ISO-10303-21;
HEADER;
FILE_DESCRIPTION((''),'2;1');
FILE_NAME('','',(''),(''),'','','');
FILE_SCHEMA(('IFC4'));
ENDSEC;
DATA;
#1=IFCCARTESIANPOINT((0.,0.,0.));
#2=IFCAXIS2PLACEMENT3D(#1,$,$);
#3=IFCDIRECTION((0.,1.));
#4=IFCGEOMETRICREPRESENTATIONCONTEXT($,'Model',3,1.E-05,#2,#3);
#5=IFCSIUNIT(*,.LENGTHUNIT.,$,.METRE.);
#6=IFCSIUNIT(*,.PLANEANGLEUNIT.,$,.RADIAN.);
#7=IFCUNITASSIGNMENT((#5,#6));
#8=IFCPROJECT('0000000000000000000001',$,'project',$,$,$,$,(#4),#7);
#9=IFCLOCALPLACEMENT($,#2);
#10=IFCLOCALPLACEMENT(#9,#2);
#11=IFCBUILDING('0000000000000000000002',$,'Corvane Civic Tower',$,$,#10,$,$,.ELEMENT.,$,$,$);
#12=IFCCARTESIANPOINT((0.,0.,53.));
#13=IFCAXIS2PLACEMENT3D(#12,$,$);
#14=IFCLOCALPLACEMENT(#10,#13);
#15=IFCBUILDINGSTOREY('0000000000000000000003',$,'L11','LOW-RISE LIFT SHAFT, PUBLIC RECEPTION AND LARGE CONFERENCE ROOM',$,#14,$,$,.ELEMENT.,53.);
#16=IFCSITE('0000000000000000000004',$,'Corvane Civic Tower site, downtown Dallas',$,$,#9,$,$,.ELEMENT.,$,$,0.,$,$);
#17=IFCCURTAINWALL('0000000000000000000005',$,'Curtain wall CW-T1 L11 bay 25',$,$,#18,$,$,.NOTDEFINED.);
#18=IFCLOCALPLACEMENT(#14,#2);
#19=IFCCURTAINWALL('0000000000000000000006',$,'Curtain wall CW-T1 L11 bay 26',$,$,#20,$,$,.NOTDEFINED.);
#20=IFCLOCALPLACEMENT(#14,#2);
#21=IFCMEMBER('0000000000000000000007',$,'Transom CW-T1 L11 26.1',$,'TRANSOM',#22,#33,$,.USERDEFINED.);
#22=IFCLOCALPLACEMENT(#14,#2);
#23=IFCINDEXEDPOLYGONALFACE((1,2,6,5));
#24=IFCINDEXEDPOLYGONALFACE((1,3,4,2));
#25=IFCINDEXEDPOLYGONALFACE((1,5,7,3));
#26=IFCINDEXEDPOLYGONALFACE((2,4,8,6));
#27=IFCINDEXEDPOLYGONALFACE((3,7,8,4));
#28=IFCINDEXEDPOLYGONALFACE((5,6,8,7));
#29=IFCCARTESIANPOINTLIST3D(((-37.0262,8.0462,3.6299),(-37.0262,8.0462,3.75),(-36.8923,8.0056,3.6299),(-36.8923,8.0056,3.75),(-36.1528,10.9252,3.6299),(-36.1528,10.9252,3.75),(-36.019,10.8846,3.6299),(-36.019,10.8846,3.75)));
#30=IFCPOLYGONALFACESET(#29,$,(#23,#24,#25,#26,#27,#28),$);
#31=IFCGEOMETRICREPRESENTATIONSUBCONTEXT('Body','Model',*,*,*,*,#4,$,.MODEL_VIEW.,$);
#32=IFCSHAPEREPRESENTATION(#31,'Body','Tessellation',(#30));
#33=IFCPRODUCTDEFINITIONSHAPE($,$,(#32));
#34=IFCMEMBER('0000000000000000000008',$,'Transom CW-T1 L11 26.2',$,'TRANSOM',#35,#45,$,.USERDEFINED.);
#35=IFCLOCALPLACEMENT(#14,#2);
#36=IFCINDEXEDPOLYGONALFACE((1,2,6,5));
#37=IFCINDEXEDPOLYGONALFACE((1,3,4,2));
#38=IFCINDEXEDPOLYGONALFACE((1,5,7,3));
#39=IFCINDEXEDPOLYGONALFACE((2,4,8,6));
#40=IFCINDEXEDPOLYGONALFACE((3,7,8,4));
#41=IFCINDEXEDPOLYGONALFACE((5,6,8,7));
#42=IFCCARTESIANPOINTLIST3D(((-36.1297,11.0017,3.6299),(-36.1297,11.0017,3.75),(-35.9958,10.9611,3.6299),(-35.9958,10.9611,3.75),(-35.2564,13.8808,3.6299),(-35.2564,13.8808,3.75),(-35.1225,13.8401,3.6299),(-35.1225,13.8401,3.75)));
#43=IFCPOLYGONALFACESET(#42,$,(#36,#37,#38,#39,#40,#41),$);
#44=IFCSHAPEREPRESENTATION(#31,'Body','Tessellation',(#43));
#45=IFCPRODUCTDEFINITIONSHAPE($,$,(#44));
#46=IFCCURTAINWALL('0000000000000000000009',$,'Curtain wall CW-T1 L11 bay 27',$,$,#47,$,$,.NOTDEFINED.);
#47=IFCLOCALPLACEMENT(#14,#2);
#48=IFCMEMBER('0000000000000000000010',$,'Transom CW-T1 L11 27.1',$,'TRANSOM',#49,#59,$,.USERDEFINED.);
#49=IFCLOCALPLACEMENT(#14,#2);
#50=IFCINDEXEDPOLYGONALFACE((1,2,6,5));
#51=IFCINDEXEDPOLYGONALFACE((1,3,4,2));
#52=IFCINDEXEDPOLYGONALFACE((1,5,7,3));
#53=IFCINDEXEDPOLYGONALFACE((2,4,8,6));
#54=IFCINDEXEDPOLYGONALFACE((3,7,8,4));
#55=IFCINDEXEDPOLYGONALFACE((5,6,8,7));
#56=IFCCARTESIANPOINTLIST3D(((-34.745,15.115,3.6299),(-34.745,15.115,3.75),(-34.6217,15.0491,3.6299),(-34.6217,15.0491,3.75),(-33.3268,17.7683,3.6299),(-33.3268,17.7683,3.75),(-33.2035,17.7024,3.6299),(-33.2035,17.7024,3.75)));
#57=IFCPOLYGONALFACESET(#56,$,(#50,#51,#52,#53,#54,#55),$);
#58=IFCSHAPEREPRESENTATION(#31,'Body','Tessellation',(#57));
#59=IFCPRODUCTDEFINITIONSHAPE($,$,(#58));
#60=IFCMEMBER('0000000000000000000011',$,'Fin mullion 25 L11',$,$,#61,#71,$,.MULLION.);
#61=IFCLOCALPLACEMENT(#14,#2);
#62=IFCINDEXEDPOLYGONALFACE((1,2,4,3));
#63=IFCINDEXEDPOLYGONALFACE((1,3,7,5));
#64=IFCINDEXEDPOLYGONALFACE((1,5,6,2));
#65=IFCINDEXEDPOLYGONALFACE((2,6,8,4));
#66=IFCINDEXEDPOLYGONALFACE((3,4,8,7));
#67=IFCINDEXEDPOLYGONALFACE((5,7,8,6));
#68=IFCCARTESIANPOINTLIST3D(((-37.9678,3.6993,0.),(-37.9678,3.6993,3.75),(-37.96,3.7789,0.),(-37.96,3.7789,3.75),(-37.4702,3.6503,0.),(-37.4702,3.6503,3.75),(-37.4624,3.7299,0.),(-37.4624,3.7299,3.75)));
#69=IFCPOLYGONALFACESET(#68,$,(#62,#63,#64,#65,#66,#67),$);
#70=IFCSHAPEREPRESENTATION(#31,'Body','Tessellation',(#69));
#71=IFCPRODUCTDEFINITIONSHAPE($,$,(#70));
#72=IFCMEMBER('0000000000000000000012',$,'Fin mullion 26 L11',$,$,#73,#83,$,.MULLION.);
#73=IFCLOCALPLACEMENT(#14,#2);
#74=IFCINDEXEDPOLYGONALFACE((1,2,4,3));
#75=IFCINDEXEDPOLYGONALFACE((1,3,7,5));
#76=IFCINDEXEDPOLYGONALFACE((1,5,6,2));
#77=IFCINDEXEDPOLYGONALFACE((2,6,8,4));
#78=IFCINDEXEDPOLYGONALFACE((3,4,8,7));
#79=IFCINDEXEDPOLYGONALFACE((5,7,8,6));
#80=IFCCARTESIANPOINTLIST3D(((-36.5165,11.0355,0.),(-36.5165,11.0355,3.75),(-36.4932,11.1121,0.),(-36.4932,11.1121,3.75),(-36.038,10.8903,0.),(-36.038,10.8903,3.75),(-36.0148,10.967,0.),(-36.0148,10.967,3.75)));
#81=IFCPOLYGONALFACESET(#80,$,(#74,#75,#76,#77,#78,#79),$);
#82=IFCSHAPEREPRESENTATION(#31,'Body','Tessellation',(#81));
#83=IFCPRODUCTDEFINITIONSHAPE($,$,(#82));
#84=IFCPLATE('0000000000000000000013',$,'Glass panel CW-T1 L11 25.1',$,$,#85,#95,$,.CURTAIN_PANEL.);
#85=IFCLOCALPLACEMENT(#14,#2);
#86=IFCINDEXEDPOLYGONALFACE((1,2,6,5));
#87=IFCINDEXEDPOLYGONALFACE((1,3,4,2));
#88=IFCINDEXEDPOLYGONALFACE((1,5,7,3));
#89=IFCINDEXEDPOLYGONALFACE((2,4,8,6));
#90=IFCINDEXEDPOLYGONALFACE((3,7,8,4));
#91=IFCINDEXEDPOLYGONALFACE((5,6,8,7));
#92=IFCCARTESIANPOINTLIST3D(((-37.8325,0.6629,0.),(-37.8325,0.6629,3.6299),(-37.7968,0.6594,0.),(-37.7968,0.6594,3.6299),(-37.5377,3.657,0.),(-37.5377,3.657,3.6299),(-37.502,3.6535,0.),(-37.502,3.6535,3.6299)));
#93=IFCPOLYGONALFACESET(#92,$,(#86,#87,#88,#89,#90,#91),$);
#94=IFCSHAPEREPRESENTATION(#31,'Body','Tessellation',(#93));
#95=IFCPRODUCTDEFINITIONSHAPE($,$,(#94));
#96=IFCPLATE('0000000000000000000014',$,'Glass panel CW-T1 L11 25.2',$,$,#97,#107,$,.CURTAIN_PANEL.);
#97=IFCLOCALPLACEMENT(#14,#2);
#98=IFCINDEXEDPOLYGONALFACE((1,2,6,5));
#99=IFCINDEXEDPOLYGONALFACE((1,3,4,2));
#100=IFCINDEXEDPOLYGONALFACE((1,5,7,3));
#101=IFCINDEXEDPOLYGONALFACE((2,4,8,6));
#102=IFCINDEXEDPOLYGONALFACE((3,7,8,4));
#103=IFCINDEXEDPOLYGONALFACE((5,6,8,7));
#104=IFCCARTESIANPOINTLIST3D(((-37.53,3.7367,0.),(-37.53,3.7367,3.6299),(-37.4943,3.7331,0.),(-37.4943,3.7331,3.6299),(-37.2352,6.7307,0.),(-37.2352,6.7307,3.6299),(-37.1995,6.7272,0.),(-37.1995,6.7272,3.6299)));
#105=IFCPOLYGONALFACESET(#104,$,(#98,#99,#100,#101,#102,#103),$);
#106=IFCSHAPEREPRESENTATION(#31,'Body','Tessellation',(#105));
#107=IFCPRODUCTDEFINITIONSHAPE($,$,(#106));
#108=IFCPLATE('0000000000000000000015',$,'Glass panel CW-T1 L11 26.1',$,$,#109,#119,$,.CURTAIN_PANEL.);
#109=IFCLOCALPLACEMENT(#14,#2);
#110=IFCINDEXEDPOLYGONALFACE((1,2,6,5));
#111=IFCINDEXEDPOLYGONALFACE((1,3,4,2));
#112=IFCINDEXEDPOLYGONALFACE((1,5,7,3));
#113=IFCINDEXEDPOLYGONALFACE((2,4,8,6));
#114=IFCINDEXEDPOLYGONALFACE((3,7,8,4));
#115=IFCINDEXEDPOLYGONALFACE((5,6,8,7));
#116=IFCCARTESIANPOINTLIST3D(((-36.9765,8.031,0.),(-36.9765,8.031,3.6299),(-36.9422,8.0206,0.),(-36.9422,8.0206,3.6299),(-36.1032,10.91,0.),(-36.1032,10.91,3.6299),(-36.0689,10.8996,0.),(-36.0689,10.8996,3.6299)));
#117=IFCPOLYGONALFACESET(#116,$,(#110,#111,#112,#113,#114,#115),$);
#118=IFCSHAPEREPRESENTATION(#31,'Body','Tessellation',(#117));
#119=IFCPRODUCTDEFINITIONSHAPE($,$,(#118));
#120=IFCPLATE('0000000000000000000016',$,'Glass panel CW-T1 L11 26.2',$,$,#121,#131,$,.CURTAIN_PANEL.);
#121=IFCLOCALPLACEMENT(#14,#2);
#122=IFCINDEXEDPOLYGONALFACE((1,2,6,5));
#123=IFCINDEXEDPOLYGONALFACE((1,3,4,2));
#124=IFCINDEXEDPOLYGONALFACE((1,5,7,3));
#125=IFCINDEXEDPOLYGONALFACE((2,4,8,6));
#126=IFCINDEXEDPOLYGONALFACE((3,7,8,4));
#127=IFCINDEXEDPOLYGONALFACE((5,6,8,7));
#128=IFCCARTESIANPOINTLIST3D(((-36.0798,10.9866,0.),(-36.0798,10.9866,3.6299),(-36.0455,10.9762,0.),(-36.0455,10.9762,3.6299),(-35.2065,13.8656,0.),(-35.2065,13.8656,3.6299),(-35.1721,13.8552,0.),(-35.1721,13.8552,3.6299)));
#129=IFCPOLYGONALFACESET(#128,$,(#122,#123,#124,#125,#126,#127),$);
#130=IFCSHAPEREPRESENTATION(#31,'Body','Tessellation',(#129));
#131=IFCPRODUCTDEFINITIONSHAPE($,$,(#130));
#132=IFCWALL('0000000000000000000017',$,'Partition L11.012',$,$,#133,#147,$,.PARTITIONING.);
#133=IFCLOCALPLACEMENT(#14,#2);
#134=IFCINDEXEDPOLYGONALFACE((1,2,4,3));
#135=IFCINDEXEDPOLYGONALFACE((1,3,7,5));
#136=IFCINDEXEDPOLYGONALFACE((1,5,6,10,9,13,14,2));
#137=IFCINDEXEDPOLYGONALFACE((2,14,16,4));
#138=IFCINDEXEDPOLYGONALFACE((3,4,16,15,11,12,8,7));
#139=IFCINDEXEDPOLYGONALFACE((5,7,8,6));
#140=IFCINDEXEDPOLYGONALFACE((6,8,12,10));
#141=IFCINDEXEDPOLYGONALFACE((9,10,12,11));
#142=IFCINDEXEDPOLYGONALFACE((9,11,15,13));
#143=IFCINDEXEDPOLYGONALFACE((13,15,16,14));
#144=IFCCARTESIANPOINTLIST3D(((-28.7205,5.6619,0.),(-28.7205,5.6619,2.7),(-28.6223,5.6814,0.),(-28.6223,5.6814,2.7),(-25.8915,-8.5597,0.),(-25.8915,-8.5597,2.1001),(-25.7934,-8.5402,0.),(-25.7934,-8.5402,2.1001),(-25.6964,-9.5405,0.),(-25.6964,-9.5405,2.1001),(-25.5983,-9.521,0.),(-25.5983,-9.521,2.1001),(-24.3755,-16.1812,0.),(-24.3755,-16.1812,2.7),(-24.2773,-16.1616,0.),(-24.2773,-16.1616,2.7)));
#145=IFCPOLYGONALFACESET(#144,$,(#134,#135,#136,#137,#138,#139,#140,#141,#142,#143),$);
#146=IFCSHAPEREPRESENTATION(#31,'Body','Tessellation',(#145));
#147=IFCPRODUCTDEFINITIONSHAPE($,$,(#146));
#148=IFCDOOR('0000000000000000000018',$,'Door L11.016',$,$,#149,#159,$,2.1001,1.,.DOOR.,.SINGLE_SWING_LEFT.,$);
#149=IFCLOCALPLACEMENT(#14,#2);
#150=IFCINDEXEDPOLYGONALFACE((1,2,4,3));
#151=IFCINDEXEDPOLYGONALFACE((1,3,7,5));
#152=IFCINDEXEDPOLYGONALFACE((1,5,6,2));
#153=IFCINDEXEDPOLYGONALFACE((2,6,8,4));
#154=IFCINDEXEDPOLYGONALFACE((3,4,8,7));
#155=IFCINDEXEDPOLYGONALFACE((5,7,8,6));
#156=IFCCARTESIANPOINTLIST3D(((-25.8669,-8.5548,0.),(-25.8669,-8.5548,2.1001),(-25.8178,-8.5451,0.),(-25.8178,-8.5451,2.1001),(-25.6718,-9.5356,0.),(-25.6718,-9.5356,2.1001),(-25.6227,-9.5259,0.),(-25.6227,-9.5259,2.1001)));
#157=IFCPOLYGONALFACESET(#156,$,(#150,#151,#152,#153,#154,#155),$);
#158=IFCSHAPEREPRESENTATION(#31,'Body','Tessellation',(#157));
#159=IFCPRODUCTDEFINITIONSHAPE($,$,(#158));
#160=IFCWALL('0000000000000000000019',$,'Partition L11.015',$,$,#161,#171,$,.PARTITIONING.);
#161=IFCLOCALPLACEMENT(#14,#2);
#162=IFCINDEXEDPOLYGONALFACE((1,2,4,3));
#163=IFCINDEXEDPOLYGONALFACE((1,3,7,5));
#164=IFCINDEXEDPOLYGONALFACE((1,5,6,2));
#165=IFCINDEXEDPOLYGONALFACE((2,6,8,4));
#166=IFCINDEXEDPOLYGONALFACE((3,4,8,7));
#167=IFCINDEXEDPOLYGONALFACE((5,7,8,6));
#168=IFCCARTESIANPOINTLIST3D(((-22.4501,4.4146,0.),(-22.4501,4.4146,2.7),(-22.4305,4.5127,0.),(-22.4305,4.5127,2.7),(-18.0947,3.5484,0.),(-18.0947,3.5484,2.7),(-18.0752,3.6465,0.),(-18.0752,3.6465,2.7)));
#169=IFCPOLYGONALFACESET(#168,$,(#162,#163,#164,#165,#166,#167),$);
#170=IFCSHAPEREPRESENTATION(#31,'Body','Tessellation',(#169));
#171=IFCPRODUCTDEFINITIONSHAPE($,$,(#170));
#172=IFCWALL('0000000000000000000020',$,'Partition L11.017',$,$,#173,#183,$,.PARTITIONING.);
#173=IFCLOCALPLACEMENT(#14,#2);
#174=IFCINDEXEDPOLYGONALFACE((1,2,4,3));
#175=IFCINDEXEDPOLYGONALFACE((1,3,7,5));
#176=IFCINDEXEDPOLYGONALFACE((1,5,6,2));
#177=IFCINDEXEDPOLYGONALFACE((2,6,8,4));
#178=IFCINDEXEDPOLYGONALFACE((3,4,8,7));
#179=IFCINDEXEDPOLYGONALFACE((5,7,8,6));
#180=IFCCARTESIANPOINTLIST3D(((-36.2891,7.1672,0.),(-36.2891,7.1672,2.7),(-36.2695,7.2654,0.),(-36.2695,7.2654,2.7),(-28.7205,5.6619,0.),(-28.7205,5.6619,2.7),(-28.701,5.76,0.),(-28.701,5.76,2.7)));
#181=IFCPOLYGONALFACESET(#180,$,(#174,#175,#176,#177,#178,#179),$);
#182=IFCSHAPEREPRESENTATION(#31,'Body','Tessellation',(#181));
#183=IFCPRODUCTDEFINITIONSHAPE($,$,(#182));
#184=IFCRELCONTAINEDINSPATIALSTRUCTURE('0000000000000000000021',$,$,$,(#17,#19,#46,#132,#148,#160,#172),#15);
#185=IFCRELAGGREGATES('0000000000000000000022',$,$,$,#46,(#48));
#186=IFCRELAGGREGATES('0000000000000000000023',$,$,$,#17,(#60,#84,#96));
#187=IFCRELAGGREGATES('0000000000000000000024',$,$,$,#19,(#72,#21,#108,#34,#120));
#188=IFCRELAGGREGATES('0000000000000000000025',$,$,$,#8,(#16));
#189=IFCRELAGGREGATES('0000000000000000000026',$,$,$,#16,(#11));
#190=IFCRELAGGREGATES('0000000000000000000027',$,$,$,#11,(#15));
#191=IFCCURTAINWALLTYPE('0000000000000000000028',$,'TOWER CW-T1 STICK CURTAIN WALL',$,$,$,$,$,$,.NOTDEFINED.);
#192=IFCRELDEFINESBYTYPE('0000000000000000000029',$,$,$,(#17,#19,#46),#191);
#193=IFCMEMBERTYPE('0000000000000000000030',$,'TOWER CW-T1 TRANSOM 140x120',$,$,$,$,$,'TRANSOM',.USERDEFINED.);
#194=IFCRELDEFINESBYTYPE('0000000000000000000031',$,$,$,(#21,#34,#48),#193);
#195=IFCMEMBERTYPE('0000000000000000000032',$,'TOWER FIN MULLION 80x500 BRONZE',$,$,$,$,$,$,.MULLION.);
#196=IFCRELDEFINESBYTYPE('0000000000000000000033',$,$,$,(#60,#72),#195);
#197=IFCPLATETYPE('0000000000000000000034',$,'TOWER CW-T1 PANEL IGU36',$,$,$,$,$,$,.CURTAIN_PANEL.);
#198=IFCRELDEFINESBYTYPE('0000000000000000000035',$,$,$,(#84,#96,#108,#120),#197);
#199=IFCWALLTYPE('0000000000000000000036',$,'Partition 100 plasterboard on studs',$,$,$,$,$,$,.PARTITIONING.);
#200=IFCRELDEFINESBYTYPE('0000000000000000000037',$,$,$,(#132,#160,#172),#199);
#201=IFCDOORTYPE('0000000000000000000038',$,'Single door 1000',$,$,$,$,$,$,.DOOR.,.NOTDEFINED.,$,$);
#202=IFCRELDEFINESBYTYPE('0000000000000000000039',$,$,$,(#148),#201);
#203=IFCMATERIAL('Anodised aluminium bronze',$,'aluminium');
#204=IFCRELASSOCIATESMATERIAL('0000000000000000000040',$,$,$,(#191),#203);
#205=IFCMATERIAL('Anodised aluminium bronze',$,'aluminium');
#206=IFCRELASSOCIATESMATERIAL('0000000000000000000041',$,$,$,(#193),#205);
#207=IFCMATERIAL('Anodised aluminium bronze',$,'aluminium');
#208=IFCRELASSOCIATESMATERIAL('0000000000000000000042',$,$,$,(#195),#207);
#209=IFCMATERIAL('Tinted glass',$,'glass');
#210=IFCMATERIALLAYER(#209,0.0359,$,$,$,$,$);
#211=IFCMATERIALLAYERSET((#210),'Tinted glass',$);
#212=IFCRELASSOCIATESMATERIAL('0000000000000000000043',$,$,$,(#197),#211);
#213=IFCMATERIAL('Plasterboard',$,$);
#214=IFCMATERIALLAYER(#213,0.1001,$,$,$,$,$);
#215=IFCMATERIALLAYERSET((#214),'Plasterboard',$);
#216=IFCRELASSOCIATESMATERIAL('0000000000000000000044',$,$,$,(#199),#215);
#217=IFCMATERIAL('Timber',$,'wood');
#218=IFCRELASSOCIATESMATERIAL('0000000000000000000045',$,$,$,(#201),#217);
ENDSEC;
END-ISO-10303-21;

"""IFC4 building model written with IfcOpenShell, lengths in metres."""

from ifc_helpers import new_model, si_unit, direction, frame, frame_2d, origin, origin_2d, place, context, subcontext, project, spatial, rectangle, extrude, material, layer, layer_set, material_profile, profile_set, type_object, element, fill, aggregate, save


model = new_model("IFC4")

# Units and contexts
model_context = context("Model", 3, precision=1e-05, world=origin(), true_north=direction((0.0, 1.0)))
body_context = subcontext(model_context, "Body", "Model", "MODEL_VIEW")
ifc_project = project(units=[si_unit("LENGTHUNIT", "METRE"), si_unit("PLANEANGLEUNIT", "RADIAN")], contexts=[model_context])

# Site, building, storey
site_placement = place(None, origin())
site = spatial("IfcSite", under=ifc_project, at=site_placement, Name="Corvane Civic Tower site, downtown Dallas", CompositionType="ELEMENT", RefElevation=0.0)
building_placement = place(site_placement, origin())
building = spatial("IfcBuilding", under=site, at=building_placement, Name="Corvane Civic Tower", CompositionType="ELEMENT")
storey_placement = place(building_placement, frame((0.0, 0.0, 53.0)))
storey = spatial("IfcBuildingStorey", under=building, at=storey_placement, Name="L11", Description="LOW-RISE LIFT SHAFT, PUBLIC RECEPTION AND LARGE CONFERENCE ROOM", CompositionType="ELEMENT", Elevation=53.0)

# Curtain walls, members
ifc_material_1 = material(Name="Anodised aluminium bronze", Category="aluminium")
curtain_wall_type = type_object("IfcCurtainWallType", Name="TOWER CW-T1 STICK CURTAIN WALL", PredefinedType="NOTDEFINED", material=ifc_material_1)
curtain_wall_1_placement = place(storey_placement, origin())
curtain_wall_1 = element("IfcCurtainWall", 1, at=curtain_wall_1_placement, inside=storey, type_object=curtain_wall_type, Name="Curtain wall CW-T1 L11 bay 25", PredefinedType="NOTDEFINED")
ifc_material_2 = material(Name="Anodised aluminium bronze", Category="aluminium")
ifc_material_profile_1 = material_profile(ifc_material_2, rectangle(XDim=0.1399, YDim=0.1201, at=origin_2d()), Name="TOWER CW-T1 TRANSOM 140x120")
ifc_profile_set_1 = profile_set([ifc_material_profile_1], Name="Anodised aluminium bronze")
member_type_1 = type_object("IfcMemberType", Name="TOWER CW-T1 TRANSOM 140x120", ElementType="TRANSOM", PredefinedType="USERDEFINED", material=ifc_profile_set_1)
curtain_wall_2_placement = place(storey_placement, origin())
curtain_wall_2 = element("IfcCurtainWall", 2, at=curtain_wall_2_placement, inside=storey, type_object=curtain_wall_type, Name="Curtain wall CW-T1 L11 bay 26", PredefinedType="NOTDEFINED")
member_1_placement = place(storey_placement, frame((-36.9592, 8.0259, 3.6899), z_axis=(0.29028, 0.956942, 0.0), x_axis=(-0.956942, 0.29028, 0.0)))
member_1 = element("IfcMember", 3, at=member_1_placement, type_object=member_type_1, Name="Transom CW-T1 L11 26.1", ObjectType="TRANSOM", PredefinedType="USERDEFINED", context=body_context, shape_type="SweptSolid", body=[
    extrude(rectangle(XDim=0.1399, YDim=0.1201, at=origin_2d()), origin(), (0.0, 0.0, 1.0), 3.0085),
])
member_2_placement = place(storey_placement, frame((-36.0627, 10.9814, 3.6899), z_axis=(0.29028, 0.956942, 0.0), x_axis=(-0.956942, 0.29028, 0.0)))
member_2 = element("IfcMember", 4, at=member_2_placement, type_object=member_type_1, Name="Transom CW-T1 L11 26.2", ObjectType="TRANSOM", PredefinedType="USERDEFINED", context=body_context, shape_type="SweptSolid", body=[
    extrude(rectangle(XDim=0.1399, YDim=0.1201, at=origin_2d()), origin(), (0.0, 0.0, 1.0), 3.0085),
])

# Curtain wall, member
curtain_wall_3_placement = place(storey_placement, origin())
curtain_wall_3 = element("IfcCurtainWall", 5, at=curtain_wall_3_placement, inside=storey, type_object=curtain_wall_type, Name="Curtain wall CW-T1 L11 bay 27", PredefinedType="NOTDEFINED")
member_3_placement = place(storey_placement, frame((-34.6833, 15.082, 3.6899), z_axis=(0.471393, 0.881924, 0.0), x_axis=(-0.881924, 0.471393, 0.0)))
member_3 = element("IfcMember", 6, at=member_3_placement, type_object=member_type_1, Name="Transom CW-T1 L11 27.1", ObjectType="TRANSOM", PredefinedType="USERDEFINED", context=body_context, shape_type="SweptSolid", body=[
    extrude(rectangle(XDim=0.1399, YDim=0.1201, at=origin_2d()), origin(), (0.0, 0.0, 1.0), 3.0085),
])
aggregate(curtain_wall_3, [member_3])

# Members
ifc_material_3 = material(Name="Anodised aluminium bronze", Category="aluminium")
ifc_material_profile_2 = material_profile(ifc_material_3, rectangle(XDim=0.0801, YDim=0.5, at=origin_2d()), Name="TOWER FIN MULLION 80x500 BRONZE")
ifc_profile_set_2 = profile_set([ifc_material_profile_2], Name="Anodised aluminium bronze")
member_type_2 = type_object("IfcMemberType", Name="TOWER FIN MULLION 80x500 BRONZE", PredefinedType="MULLION", material=ifc_profile_set_2)
member_4_placement = place(storey_placement, frame((-37.7151, 3.7146, 0.0), z_axis=(0.0, 0.0, 1.0), x_axis=(0.098006, 0.995186, 0.0)))
member_4 = element("IfcMember", 7, at=member_4_placement, type_object=member_type_2, Name="Fin mullion 25 L11", PredefinedType="MULLION", context=body_context, shape_type="SweptSolid", body=[
    extrude(rectangle(XDim=0.0801, YDim=0.5, at=origin_2d()), origin(), (0.0, 0.0, 1.0), 3.75),
])
member_5_placement = place(storey_placement, frame((-36.2656, 11.0012, 0.0), z_axis=(0.0, 0.0, 1.0), x_axis=(0.290278, 0.956942, 0.0)))
member_5 = element("IfcMember", 8, at=member_5_placement, type_object=member_type_2, Name="Fin mullion 26 L11", PredefinedType="MULLION", context=body_context, shape_type="SweptSolid", body=[
    extrude(rectangle(XDim=0.0801, YDim=0.5, at=origin_2d()), origin(), (0.0, 0.0, 1.0), 3.75),
])

# Plates
ifc_material_4 = material(Name="Tinted glass", Category="glass")
ifc_layer_1 = layer(ifc_material_4, 0.0359)
ifc_layer_set_1 = layer_set([ifc_layer_1], Name="Tinted glass")
plate_type = type_object("IfcPlateType", Name="TOWER CW-T1 PANEL IGU36", PredefinedType="CURTAIN_PANEL", material=ifc_layer_set_1)
plate_1_placement = place(storey_placement, frame((-37.6672, 2.1582, 0.0), z_axis=(0.0, 0.0, 1.0), x_axis=(0.098006, 0.995186, 0.0)))
plate_1 = element("IfcPlate", 9, at=plate_1_placement, type_object=plate_type, Name="Glass panel CW-T1 L11 25.1", PredefinedType="CURTAIN_PANEL", context=body_context, shape_type="SweptSolid", body=[
    extrude(rectangle(XDim=3.0085, YDim=0.0359, at=origin_2d()), origin(), (0.0, 0.0, 1.0), 3.6299),
])
plate_2_placement = place(storey_placement, frame((-37.3647, 5.2319, 0.0), z_axis=(0.0, 0.0, 1.0), x_axis=(0.098006, 0.995186, 0.0)))
plate_2 = element("IfcPlate", 10, at=plate_2_placement, type_object=plate_type, Name="Glass panel CW-T1 L11 25.2", PredefinedType="CURTAIN_PANEL", context=body_context, shape_type="SweptSolid", body=[
    extrude(rectangle(XDim=3.0085, YDim=0.0359, at=origin_2d()), origin(), (0.0, 0.0, 1.0), 3.6299),
])
aggregate(curtain_wall_1, [member_4, plate_1, plate_2])
plate_3_placement = place(storey_placement, frame((-36.5227, 9.4653, 0.0), z_axis=(0.0, 0.0, 1.0), x_axis=(0.290278, 0.956942, 0.0)))
plate_3 = element("IfcPlate", 11, at=plate_3_placement, type_object=plate_type, Name="Glass panel CW-T1 L11 26.1", PredefinedType="CURTAIN_PANEL", context=body_context, shape_type="SweptSolid", body=[
    extrude(rectangle(XDim=3.0085, YDim=0.0359, at=origin_2d()), origin(), (0.0, 0.0, 1.0), 3.6299),
])
plate_4_placement = place(storey_placement, frame((-35.626, 12.4209, 0.0), z_axis=(0.0, 0.0, 1.0), x_axis=(0.290278, 0.956942, 0.0)))
plate_4 = element("IfcPlate", 12, at=plate_4_placement, type_object=plate_type, Name="Glass panel CW-T1 L11 26.2", PredefinedType="CURTAIN_PANEL", context=body_context, shape_type="SweptSolid", body=[
    extrude(rectangle(XDim=3.0085, YDim=0.0359, at=origin_2d()), origin(), (0.0, 0.0, 1.0), 3.6299),
])
aggregate(curtain_wall_2, [member_5, member_1, plate_3, member_2, plate_4])

# Wall, opening, door
ifc_material_5 = material(Name="Plasterboard")
ifc_layer_2 = layer(ifc_material_5, 0.1001)
ifc_layer_set_2 = layer_set([ifc_layer_2], Name="Plasterboard")
wall_type = type_object("IfcWallType", Name="Partition 100 plasterboard on studs", PredefinedType="PARTITIONING", material=ifc_layer_set_2)
wall_1_placement = place(storey_placement, frame((-28.6714, 5.6716, 0.0), z_axis=(0.0, 0.0, 1.0), x_axis=(0.195096, -0.980784, 0.0)))
wall_1 = element("IfcWall", 13, at=wall_1_placement, inside=storey, type_object=wall_type, Name="Partition L11.012", PredefinedType="PARTITIONING", context=body_context, shape_type="SweptSolid", body=[
    extrude(rectangle(XDim=22.271, YDim=0.1001, at=frame_2d((11.1355, 0.0))), origin(), (0.0, 0.0, 1.0), 2.7),
])
opening_1_placement = place(wall_1_placement, frame((14.5002, 0.0, 0.0)))
opening_1 = element("IfcOpeningElement", 14, at=opening_1_placement, cuts=wall_1, PredefinedType="OPENING", context=body_context, shape_type="SweptSolid", body=[
    extrude(rectangle(XDim=1.0, YDim=2.1001, at=frame_2d((0.5, 1.05))), frame((0.0, 0.0601, 0.0), z_axis=(0.0, -1.0, 0.0), x_axis=(1.0, 0.0, 0.0)), (0.0, 0.0, 1.0), 0.1201),
])
ifc_material_6 = material(Name="Timber", Category="wood")
door_type = type_object("IfcDoorType", Name="Single door 1000", OperationType="NOTDEFINED", PredefinedType="DOOR", material=ifc_material_6)
door_1_placement = place(opening_1_placement, frame((1.0, 0.0, 0.0), z_axis=(0.0, 0.0, 1.0), x_axis=(-1.0, 0.0, 0.0)))
door_1 = element("IfcDoor", 15, at=door_1_placement, inside=storey, type_object=door_type, Name="Door L11.016", OperationType="SINGLE_SWING_LEFT", OverallHeight=2.1001, OverallWidth=1.0, PredefinedType="DOOR", context=body_context, shape_type="SweptSolid", body=[
    extrude(rectangle(XDim=1.0, YDim=2.1001, at=frame_2d((0.5, 1.05))), frame((0.0, 0.0249, 0.0), z_axis=(0.0, -1.0, 0.0), x_axis=(1.0, 0.0, 0.0)), (0.0, 0.0, 1.0), 0.05),
])
fill(opening_1, door_1)

# Walls
wall_2_placement = place(storey_placement, frame((-22.4402, 4.4636, 0.0), z_axis=(0.0, 0.0, 1.0), x_axis=(0.980792, -0.195059, 0.0)))
element("IfcWall", 16, at=wall_2_placement, inside=storey, type_object=wall_type, Name="Partition L11.015", PredefinedType="PARTITIONING", context=body_context, shape_type="SweptSolid", body=[
    extrude(rectangle(XDim=4.4407, YDim=0.1001, at=frame_2d((2.2202, 0.0))), origin(), (0.0, 0.0, 1.0), 2.7),
])
wall_3_placement = place(storey_placement, frame((-36.2793, 7.2163, 0.0), z_axis=(0.0, 0.0, 1.0), x_axis=(0.980788, -0.195076, 0.0)))
element("IfcWall", 17, at=wall_3_placement, inside=storey, type_object=wall_type, Name="Partition L11.017", PredefinedType="PARTITIONING", context=body_context, shape_type="SweptSolid", body=[
    extrude(rectangle(XDim=7.7168, YDim=0.1001, at=frame_2d((3.8584, 0.0))), origin(), (0.0, 0.0, 1.0), 2.7),
])

save(model, "model.ifc")
